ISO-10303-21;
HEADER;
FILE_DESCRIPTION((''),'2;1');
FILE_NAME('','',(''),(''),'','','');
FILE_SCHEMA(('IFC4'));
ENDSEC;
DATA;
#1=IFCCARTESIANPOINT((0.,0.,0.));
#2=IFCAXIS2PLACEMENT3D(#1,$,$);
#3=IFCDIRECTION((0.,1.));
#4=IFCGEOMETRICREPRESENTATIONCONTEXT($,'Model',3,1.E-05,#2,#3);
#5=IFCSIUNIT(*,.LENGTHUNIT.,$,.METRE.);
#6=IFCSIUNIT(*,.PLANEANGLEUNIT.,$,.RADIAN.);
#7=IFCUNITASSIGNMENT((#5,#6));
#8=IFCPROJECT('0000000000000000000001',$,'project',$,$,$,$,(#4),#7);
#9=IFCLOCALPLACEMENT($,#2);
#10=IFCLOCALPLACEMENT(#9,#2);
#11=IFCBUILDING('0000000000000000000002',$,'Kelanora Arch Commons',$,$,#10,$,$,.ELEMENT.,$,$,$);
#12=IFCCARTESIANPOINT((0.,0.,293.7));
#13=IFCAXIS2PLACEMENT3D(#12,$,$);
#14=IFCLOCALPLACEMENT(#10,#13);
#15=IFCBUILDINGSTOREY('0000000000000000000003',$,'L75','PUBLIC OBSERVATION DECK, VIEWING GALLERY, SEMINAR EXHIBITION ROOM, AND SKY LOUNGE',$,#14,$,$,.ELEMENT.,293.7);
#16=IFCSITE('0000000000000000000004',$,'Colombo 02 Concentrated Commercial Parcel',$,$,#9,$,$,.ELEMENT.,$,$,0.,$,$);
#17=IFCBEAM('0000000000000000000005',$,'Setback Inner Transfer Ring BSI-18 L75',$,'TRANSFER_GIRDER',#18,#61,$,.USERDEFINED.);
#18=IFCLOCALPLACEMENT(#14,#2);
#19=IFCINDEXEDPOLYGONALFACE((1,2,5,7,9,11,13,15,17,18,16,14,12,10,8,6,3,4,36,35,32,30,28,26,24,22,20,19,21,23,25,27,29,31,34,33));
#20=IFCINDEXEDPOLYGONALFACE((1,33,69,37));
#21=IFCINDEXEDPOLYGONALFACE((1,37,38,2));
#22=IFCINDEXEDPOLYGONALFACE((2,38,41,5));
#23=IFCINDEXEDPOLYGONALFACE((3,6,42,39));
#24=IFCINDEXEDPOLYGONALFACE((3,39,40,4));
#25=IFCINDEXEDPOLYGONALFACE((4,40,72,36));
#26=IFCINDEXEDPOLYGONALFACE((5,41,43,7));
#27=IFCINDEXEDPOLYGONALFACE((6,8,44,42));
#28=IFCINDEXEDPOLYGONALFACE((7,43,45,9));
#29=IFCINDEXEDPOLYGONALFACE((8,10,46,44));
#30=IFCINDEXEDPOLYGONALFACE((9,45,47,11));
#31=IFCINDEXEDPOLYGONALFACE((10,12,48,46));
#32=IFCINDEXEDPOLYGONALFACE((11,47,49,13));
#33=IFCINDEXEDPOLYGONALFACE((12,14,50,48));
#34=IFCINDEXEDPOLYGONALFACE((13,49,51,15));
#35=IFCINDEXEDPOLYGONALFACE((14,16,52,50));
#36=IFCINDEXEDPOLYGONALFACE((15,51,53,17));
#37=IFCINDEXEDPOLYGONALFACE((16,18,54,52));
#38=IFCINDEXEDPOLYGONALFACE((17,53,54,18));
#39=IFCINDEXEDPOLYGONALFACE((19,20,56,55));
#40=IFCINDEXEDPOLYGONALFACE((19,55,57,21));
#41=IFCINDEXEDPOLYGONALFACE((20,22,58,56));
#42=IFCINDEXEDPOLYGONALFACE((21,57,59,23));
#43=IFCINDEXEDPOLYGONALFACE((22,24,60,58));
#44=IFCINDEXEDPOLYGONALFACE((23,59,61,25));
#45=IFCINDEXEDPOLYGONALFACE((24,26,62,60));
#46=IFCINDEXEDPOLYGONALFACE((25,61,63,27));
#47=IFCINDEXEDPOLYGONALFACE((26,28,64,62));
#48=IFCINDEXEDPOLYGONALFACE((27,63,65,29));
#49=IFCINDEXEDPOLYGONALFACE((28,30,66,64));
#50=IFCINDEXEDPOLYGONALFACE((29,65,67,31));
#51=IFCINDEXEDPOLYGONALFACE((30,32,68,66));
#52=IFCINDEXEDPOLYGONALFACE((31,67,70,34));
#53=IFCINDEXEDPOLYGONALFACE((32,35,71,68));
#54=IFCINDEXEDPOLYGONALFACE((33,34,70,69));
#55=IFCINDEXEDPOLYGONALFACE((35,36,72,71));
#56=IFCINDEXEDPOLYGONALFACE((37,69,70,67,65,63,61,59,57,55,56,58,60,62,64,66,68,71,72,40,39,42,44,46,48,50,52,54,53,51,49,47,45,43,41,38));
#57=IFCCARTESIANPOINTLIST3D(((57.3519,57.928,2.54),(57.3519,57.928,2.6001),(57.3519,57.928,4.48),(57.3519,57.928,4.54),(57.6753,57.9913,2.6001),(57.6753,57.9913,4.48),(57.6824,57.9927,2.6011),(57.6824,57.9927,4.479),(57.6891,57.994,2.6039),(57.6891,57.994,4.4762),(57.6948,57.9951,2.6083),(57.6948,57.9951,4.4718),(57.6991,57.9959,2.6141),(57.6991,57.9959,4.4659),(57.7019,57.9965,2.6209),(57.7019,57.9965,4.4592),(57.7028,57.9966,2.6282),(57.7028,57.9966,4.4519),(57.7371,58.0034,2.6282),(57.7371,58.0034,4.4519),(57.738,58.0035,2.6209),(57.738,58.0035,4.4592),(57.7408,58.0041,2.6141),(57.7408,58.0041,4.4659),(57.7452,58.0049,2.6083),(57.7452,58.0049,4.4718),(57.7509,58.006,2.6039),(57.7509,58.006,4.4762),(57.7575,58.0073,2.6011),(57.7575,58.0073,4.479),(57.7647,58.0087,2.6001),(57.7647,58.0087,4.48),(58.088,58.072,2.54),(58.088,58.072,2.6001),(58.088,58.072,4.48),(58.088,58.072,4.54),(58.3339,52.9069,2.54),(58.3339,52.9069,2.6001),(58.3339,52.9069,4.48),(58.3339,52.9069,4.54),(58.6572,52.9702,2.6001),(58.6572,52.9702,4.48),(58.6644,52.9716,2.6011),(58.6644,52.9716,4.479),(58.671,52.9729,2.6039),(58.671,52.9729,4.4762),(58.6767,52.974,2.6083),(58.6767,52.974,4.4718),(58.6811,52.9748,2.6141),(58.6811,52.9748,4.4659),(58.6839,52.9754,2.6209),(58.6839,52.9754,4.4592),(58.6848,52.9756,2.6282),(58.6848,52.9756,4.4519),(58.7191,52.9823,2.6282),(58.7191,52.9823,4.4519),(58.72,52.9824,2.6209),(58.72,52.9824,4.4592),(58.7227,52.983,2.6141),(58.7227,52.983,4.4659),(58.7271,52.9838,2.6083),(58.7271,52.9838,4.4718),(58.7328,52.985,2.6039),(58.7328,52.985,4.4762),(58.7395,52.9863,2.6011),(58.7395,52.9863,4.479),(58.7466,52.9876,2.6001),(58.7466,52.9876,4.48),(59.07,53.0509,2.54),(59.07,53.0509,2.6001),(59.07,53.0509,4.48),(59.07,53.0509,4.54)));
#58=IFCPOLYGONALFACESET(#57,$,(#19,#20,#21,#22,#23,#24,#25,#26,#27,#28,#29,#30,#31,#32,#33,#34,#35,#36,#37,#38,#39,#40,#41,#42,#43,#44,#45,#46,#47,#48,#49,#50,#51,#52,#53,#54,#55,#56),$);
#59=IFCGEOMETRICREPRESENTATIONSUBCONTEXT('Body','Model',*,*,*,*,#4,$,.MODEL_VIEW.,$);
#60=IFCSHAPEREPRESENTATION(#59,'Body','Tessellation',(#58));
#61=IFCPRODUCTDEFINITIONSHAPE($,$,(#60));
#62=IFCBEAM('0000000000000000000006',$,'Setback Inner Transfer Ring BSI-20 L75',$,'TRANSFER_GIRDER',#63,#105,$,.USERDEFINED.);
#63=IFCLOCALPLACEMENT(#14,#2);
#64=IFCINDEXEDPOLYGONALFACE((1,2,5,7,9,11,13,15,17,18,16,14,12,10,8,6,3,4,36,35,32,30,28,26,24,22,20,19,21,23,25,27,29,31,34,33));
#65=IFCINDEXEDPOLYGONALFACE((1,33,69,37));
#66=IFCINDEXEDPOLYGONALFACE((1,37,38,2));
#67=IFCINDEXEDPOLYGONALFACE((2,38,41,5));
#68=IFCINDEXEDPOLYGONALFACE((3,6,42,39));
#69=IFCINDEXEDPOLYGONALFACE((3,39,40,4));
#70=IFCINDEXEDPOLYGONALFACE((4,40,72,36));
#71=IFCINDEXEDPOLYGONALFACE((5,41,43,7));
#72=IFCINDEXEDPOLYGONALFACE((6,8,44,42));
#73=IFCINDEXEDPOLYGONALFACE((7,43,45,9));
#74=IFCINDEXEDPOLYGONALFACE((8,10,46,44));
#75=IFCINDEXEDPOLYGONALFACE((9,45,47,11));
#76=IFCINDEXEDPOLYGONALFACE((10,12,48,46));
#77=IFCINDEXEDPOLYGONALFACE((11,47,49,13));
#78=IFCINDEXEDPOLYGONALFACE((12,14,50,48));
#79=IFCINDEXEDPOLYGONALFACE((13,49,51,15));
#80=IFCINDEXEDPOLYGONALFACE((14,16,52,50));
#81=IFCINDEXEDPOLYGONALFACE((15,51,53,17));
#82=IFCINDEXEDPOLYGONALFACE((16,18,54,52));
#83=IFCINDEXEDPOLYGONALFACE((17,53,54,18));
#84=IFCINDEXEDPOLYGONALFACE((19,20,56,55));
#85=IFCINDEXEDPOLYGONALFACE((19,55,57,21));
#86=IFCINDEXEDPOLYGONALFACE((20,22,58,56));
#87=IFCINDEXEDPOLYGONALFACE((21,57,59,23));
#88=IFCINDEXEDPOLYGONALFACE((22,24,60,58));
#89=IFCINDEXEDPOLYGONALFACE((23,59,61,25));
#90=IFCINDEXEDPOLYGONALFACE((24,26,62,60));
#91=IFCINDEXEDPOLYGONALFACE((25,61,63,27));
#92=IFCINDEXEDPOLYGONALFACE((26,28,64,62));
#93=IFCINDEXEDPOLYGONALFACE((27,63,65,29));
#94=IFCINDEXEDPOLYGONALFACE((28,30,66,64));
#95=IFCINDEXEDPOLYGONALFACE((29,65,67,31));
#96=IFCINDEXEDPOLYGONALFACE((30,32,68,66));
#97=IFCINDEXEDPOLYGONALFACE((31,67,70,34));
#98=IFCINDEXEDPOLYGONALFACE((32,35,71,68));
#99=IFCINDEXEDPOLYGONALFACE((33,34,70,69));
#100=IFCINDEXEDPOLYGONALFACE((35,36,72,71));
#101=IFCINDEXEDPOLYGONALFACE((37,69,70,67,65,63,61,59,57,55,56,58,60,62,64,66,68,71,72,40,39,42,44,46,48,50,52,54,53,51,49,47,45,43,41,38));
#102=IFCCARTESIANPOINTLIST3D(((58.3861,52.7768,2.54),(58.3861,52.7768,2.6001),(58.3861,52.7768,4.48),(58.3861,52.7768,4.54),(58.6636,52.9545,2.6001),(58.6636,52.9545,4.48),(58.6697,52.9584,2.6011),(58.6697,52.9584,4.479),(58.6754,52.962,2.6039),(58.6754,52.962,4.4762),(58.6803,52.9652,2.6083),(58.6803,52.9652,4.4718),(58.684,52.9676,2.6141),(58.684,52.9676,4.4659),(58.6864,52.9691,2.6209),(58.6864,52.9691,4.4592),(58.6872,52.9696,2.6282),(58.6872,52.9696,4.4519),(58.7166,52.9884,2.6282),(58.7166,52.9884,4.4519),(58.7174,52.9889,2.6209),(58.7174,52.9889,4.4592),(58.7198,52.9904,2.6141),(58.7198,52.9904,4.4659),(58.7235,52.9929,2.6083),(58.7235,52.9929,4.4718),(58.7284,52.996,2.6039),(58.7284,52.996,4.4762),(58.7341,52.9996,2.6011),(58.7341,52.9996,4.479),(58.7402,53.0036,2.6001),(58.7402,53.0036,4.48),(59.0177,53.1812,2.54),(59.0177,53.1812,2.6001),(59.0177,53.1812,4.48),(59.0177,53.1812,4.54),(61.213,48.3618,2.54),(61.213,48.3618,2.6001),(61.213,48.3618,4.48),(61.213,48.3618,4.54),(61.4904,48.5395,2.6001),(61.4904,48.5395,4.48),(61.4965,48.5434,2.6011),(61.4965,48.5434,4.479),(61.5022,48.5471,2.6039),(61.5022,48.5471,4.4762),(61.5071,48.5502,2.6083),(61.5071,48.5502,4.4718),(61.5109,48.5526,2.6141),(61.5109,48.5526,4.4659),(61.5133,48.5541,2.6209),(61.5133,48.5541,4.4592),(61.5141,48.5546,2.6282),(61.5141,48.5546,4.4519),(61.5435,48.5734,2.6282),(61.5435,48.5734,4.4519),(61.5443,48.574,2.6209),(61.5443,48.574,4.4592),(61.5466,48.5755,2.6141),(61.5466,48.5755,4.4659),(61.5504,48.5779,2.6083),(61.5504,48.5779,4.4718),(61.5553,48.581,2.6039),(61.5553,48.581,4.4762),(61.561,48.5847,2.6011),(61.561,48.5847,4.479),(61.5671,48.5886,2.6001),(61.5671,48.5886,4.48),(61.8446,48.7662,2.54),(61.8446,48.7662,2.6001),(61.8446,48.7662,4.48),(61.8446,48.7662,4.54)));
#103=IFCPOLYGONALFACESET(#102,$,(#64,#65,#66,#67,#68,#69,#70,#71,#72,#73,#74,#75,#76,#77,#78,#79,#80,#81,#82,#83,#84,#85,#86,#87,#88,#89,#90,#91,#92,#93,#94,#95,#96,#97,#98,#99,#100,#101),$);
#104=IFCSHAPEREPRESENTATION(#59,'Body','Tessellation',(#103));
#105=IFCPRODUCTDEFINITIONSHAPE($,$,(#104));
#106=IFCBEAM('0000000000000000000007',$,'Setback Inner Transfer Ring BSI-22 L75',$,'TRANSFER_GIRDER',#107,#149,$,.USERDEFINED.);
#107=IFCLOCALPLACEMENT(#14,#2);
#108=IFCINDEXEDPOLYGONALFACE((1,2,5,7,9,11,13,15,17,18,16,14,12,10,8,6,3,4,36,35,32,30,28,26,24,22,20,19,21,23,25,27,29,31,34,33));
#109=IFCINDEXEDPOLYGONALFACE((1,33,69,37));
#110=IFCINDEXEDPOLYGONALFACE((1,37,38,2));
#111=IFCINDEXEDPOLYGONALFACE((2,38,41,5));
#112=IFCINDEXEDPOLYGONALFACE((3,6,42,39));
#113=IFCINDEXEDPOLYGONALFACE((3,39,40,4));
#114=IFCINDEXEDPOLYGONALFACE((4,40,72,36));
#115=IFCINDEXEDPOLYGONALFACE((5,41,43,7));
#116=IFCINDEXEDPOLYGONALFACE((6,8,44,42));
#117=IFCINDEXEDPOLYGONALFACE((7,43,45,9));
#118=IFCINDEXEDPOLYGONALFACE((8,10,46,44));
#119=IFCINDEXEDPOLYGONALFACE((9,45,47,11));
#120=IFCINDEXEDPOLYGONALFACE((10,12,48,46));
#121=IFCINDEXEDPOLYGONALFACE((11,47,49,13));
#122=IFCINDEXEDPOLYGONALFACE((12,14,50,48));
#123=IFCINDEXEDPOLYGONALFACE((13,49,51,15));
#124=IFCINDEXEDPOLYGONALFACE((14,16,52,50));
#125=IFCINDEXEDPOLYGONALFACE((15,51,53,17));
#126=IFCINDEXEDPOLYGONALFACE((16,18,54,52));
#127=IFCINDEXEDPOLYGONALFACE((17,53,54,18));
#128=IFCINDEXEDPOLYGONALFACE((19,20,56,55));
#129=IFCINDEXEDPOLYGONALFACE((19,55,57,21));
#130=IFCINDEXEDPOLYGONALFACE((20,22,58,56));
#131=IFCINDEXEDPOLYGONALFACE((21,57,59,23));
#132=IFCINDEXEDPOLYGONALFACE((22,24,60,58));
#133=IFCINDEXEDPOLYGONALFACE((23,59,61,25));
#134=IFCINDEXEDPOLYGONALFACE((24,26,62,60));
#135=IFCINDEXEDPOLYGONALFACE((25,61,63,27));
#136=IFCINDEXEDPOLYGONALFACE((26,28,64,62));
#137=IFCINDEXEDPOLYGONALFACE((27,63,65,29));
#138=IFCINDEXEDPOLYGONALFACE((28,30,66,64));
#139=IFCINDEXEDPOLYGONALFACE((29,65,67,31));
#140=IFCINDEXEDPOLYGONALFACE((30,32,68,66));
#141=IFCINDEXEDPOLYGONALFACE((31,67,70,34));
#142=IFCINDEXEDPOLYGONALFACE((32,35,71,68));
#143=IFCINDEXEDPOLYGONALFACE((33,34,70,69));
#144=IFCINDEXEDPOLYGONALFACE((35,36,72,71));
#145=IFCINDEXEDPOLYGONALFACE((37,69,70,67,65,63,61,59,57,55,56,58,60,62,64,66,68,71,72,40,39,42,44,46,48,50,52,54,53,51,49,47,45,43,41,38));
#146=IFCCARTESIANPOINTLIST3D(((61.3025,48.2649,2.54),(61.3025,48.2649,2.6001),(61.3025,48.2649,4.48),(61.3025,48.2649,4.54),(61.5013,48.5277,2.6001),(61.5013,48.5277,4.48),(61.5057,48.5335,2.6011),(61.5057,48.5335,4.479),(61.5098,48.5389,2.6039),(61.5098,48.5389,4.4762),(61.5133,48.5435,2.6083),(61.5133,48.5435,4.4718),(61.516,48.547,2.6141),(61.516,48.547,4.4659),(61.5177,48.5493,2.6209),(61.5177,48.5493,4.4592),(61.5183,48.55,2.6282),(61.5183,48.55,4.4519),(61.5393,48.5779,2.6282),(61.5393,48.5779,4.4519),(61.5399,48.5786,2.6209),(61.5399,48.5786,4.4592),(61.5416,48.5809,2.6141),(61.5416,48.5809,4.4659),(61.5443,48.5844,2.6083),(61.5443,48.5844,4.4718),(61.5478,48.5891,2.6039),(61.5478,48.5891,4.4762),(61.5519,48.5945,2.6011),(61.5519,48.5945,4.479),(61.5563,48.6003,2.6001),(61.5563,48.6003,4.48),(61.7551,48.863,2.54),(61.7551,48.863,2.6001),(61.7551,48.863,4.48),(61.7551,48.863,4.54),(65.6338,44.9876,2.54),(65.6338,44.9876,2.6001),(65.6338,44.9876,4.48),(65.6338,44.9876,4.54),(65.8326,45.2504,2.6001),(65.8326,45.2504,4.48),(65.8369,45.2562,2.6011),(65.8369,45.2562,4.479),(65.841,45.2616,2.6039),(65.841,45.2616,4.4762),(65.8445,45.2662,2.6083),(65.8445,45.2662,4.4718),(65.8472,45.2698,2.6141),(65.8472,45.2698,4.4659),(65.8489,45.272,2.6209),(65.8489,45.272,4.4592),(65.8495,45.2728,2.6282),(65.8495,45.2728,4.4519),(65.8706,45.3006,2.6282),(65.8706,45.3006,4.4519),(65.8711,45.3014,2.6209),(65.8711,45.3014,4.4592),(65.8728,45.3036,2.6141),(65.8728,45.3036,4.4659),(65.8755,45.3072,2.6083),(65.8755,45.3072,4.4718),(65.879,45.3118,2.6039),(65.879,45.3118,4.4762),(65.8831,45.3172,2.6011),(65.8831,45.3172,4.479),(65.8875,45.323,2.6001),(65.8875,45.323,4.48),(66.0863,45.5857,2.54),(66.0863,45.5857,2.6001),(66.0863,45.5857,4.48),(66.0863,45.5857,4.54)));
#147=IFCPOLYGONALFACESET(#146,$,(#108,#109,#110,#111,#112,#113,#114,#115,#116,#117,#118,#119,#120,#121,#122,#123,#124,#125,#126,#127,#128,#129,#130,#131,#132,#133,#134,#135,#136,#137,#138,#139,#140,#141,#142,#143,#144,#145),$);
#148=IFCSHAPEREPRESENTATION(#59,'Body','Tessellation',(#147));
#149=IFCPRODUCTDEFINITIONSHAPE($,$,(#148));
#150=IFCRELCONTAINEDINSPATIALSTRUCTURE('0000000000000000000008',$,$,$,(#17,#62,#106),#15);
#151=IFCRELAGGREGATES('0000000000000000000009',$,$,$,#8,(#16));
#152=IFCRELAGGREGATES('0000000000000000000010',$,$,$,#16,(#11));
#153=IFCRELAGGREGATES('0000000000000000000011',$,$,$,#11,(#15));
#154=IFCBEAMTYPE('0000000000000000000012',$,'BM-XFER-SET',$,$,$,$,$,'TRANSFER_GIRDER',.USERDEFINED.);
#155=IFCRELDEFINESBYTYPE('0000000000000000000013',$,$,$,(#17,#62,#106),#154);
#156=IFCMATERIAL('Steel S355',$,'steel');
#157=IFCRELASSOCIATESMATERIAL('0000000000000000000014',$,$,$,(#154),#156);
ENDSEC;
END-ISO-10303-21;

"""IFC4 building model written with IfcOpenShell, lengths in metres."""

from ifc_helpers import new_model, si_unit, direction, frame, origin, origin_2d, place, context, subcontext, project, spatial, i_section, extrude, material, material_profile, profile_set, type_object, element, save


model = new_model("IFC4")

# Units and contexts
model_context = context("Model", 3, precision=1e-05, world=origin(), true_north=direction((0.0, 1.0)))
body_context = subcontext(model_context, "Body", "Model", "MODEL_VIEW")
ifc_project = project(units=[si_unit("LENGTHUNIT", "METRE"), si_unit("PLANEANGLEUNIT", "RADIAN")], contexts=[model_context])

# Site, building, storey
site_placement = place(None, origin())
site = spatial("IfcSite", under=ifc_project, at=site_placement, Name="Colombo 02 Concentrated Commercial Parcel", CompositionType="ELEMENT", RefElevation=0.0)
building_placement = place(site_placement, origin())
building = spatial("IfcBuilding", under=site, at=building_placement, Name="Kelanora Arch Commons", CompositionType="ELEMENT")
storey_placement = place(building_placement, frame((0.0, 0.0, 293.7)))
storey = spatial("IfcBuildingStorey", under=building, at=storey_placement, Name="L75", Description="PUBLIC OBSERVATION DECK, VIEWING GALLERY, SEMINAR EXHIBITION ROOM, AND SKY LOUNGE", CompositionType="ELEMENT", Elevation=293.7)

# Beams
ifc_material_1 = material(Name="Steel S355", Category="steel")
ifc_material_profile_1 = material_profile(ifc_material_1, i_section(OverallWidth=0.75, OverallDepth=2.0, WebThickness=0.0349, FlangeThickness=0.0601, FilletRadius=0.0281, at=origin_2d()), Name="PG2000x750")
ifc_profile_set_1 = profile_set([ifc_material_profile_1], Name="Steel S355")
beam_type_1 = type_object("IfcBeamType", Name="BM-XFER-SET", ElementType="TRANSFER_GIRDER", PredefinedType="USERDEFINED", material=ifc_profile_set_1)
beam_1_placement = place(storey_placement, frame((57.72, 58.0, 3.54), z_axis=(0.19193, -0.981409, 0.0), x_axis=(0.981409, 0.19193, 0.0)))
element("IfcBeam", 1, at=beam_1_placement, inside=storey, type_object=beam_type_1, Name="Setback Inner Transfer Ring BSI-18 L75", ObjectType="TRANSFER_GIRDER", PredefinedType="USERDEFINED", context=body_context, shape_type="SweptSolid", body=[
    extrude(i_section(OverallWidth=0.75, OverallDepth=2.0, WebThickness=0.0349, FlangeThickness=0.0601, FilletRadius=0.0281, at=origin_2d()), origin(), (0.0, 0.0, 1.0), 5.1162),
])
beam_2_placement = place(storey_placement, frame((58.7019, 52.979, 3.54), z_axis=(0.539227, -0.842161, 0.0), x_axis=(0.842161, 0.539227, 0.0)))
element("IfcBeam", 2, at=beam_2_placement, inside=storey, type_object=beam_type_1, Name="Setback Inner Transfer Ring BSI-20 L75", ObjectType="TRANSFER_GIRDER", PredefinedType="USERDEFINED", context=body_context, shape_type="SweptSolid", body=[
    extrude(i_section(OverallWidth=0.75, OverallDepth=2.0, WebThickness=0.0349, FlangeThickness=0.0601, FilletRadius=0.0281, at=origin_2d()), origin(), (0.0, 0.0, 1.0), 5.2424),
])
beam_3_placement = place(storey_placement, frame((61.5288, 48.564, 3.54), z_axis=(0.797441, -0.603396, 0.0), x_axis=(0.603396, 0.797441, 0.0)))
element("IfcBeam", 3, at=beam_3_placement, inside=storey, type_object=beam_type_1, Name="Setback Inner Transfer Ring BSI-22 L75", ObjectType="TRANSFER_GIRDER", PredefinedType="USERDEFINED", context=body_context, shape_type="SweptSolid", body=[
    extrude(i_section(OverallWidth=0.75, OverallDepth=2.0, WebThickness=0.0349, FlangeThickness=0.0601, FilletRadius=0.0281, at=origin_2d()), origin(), (0.0, 0.0, 1.0), 5.4314),
])

save(model, "model.ifc")
